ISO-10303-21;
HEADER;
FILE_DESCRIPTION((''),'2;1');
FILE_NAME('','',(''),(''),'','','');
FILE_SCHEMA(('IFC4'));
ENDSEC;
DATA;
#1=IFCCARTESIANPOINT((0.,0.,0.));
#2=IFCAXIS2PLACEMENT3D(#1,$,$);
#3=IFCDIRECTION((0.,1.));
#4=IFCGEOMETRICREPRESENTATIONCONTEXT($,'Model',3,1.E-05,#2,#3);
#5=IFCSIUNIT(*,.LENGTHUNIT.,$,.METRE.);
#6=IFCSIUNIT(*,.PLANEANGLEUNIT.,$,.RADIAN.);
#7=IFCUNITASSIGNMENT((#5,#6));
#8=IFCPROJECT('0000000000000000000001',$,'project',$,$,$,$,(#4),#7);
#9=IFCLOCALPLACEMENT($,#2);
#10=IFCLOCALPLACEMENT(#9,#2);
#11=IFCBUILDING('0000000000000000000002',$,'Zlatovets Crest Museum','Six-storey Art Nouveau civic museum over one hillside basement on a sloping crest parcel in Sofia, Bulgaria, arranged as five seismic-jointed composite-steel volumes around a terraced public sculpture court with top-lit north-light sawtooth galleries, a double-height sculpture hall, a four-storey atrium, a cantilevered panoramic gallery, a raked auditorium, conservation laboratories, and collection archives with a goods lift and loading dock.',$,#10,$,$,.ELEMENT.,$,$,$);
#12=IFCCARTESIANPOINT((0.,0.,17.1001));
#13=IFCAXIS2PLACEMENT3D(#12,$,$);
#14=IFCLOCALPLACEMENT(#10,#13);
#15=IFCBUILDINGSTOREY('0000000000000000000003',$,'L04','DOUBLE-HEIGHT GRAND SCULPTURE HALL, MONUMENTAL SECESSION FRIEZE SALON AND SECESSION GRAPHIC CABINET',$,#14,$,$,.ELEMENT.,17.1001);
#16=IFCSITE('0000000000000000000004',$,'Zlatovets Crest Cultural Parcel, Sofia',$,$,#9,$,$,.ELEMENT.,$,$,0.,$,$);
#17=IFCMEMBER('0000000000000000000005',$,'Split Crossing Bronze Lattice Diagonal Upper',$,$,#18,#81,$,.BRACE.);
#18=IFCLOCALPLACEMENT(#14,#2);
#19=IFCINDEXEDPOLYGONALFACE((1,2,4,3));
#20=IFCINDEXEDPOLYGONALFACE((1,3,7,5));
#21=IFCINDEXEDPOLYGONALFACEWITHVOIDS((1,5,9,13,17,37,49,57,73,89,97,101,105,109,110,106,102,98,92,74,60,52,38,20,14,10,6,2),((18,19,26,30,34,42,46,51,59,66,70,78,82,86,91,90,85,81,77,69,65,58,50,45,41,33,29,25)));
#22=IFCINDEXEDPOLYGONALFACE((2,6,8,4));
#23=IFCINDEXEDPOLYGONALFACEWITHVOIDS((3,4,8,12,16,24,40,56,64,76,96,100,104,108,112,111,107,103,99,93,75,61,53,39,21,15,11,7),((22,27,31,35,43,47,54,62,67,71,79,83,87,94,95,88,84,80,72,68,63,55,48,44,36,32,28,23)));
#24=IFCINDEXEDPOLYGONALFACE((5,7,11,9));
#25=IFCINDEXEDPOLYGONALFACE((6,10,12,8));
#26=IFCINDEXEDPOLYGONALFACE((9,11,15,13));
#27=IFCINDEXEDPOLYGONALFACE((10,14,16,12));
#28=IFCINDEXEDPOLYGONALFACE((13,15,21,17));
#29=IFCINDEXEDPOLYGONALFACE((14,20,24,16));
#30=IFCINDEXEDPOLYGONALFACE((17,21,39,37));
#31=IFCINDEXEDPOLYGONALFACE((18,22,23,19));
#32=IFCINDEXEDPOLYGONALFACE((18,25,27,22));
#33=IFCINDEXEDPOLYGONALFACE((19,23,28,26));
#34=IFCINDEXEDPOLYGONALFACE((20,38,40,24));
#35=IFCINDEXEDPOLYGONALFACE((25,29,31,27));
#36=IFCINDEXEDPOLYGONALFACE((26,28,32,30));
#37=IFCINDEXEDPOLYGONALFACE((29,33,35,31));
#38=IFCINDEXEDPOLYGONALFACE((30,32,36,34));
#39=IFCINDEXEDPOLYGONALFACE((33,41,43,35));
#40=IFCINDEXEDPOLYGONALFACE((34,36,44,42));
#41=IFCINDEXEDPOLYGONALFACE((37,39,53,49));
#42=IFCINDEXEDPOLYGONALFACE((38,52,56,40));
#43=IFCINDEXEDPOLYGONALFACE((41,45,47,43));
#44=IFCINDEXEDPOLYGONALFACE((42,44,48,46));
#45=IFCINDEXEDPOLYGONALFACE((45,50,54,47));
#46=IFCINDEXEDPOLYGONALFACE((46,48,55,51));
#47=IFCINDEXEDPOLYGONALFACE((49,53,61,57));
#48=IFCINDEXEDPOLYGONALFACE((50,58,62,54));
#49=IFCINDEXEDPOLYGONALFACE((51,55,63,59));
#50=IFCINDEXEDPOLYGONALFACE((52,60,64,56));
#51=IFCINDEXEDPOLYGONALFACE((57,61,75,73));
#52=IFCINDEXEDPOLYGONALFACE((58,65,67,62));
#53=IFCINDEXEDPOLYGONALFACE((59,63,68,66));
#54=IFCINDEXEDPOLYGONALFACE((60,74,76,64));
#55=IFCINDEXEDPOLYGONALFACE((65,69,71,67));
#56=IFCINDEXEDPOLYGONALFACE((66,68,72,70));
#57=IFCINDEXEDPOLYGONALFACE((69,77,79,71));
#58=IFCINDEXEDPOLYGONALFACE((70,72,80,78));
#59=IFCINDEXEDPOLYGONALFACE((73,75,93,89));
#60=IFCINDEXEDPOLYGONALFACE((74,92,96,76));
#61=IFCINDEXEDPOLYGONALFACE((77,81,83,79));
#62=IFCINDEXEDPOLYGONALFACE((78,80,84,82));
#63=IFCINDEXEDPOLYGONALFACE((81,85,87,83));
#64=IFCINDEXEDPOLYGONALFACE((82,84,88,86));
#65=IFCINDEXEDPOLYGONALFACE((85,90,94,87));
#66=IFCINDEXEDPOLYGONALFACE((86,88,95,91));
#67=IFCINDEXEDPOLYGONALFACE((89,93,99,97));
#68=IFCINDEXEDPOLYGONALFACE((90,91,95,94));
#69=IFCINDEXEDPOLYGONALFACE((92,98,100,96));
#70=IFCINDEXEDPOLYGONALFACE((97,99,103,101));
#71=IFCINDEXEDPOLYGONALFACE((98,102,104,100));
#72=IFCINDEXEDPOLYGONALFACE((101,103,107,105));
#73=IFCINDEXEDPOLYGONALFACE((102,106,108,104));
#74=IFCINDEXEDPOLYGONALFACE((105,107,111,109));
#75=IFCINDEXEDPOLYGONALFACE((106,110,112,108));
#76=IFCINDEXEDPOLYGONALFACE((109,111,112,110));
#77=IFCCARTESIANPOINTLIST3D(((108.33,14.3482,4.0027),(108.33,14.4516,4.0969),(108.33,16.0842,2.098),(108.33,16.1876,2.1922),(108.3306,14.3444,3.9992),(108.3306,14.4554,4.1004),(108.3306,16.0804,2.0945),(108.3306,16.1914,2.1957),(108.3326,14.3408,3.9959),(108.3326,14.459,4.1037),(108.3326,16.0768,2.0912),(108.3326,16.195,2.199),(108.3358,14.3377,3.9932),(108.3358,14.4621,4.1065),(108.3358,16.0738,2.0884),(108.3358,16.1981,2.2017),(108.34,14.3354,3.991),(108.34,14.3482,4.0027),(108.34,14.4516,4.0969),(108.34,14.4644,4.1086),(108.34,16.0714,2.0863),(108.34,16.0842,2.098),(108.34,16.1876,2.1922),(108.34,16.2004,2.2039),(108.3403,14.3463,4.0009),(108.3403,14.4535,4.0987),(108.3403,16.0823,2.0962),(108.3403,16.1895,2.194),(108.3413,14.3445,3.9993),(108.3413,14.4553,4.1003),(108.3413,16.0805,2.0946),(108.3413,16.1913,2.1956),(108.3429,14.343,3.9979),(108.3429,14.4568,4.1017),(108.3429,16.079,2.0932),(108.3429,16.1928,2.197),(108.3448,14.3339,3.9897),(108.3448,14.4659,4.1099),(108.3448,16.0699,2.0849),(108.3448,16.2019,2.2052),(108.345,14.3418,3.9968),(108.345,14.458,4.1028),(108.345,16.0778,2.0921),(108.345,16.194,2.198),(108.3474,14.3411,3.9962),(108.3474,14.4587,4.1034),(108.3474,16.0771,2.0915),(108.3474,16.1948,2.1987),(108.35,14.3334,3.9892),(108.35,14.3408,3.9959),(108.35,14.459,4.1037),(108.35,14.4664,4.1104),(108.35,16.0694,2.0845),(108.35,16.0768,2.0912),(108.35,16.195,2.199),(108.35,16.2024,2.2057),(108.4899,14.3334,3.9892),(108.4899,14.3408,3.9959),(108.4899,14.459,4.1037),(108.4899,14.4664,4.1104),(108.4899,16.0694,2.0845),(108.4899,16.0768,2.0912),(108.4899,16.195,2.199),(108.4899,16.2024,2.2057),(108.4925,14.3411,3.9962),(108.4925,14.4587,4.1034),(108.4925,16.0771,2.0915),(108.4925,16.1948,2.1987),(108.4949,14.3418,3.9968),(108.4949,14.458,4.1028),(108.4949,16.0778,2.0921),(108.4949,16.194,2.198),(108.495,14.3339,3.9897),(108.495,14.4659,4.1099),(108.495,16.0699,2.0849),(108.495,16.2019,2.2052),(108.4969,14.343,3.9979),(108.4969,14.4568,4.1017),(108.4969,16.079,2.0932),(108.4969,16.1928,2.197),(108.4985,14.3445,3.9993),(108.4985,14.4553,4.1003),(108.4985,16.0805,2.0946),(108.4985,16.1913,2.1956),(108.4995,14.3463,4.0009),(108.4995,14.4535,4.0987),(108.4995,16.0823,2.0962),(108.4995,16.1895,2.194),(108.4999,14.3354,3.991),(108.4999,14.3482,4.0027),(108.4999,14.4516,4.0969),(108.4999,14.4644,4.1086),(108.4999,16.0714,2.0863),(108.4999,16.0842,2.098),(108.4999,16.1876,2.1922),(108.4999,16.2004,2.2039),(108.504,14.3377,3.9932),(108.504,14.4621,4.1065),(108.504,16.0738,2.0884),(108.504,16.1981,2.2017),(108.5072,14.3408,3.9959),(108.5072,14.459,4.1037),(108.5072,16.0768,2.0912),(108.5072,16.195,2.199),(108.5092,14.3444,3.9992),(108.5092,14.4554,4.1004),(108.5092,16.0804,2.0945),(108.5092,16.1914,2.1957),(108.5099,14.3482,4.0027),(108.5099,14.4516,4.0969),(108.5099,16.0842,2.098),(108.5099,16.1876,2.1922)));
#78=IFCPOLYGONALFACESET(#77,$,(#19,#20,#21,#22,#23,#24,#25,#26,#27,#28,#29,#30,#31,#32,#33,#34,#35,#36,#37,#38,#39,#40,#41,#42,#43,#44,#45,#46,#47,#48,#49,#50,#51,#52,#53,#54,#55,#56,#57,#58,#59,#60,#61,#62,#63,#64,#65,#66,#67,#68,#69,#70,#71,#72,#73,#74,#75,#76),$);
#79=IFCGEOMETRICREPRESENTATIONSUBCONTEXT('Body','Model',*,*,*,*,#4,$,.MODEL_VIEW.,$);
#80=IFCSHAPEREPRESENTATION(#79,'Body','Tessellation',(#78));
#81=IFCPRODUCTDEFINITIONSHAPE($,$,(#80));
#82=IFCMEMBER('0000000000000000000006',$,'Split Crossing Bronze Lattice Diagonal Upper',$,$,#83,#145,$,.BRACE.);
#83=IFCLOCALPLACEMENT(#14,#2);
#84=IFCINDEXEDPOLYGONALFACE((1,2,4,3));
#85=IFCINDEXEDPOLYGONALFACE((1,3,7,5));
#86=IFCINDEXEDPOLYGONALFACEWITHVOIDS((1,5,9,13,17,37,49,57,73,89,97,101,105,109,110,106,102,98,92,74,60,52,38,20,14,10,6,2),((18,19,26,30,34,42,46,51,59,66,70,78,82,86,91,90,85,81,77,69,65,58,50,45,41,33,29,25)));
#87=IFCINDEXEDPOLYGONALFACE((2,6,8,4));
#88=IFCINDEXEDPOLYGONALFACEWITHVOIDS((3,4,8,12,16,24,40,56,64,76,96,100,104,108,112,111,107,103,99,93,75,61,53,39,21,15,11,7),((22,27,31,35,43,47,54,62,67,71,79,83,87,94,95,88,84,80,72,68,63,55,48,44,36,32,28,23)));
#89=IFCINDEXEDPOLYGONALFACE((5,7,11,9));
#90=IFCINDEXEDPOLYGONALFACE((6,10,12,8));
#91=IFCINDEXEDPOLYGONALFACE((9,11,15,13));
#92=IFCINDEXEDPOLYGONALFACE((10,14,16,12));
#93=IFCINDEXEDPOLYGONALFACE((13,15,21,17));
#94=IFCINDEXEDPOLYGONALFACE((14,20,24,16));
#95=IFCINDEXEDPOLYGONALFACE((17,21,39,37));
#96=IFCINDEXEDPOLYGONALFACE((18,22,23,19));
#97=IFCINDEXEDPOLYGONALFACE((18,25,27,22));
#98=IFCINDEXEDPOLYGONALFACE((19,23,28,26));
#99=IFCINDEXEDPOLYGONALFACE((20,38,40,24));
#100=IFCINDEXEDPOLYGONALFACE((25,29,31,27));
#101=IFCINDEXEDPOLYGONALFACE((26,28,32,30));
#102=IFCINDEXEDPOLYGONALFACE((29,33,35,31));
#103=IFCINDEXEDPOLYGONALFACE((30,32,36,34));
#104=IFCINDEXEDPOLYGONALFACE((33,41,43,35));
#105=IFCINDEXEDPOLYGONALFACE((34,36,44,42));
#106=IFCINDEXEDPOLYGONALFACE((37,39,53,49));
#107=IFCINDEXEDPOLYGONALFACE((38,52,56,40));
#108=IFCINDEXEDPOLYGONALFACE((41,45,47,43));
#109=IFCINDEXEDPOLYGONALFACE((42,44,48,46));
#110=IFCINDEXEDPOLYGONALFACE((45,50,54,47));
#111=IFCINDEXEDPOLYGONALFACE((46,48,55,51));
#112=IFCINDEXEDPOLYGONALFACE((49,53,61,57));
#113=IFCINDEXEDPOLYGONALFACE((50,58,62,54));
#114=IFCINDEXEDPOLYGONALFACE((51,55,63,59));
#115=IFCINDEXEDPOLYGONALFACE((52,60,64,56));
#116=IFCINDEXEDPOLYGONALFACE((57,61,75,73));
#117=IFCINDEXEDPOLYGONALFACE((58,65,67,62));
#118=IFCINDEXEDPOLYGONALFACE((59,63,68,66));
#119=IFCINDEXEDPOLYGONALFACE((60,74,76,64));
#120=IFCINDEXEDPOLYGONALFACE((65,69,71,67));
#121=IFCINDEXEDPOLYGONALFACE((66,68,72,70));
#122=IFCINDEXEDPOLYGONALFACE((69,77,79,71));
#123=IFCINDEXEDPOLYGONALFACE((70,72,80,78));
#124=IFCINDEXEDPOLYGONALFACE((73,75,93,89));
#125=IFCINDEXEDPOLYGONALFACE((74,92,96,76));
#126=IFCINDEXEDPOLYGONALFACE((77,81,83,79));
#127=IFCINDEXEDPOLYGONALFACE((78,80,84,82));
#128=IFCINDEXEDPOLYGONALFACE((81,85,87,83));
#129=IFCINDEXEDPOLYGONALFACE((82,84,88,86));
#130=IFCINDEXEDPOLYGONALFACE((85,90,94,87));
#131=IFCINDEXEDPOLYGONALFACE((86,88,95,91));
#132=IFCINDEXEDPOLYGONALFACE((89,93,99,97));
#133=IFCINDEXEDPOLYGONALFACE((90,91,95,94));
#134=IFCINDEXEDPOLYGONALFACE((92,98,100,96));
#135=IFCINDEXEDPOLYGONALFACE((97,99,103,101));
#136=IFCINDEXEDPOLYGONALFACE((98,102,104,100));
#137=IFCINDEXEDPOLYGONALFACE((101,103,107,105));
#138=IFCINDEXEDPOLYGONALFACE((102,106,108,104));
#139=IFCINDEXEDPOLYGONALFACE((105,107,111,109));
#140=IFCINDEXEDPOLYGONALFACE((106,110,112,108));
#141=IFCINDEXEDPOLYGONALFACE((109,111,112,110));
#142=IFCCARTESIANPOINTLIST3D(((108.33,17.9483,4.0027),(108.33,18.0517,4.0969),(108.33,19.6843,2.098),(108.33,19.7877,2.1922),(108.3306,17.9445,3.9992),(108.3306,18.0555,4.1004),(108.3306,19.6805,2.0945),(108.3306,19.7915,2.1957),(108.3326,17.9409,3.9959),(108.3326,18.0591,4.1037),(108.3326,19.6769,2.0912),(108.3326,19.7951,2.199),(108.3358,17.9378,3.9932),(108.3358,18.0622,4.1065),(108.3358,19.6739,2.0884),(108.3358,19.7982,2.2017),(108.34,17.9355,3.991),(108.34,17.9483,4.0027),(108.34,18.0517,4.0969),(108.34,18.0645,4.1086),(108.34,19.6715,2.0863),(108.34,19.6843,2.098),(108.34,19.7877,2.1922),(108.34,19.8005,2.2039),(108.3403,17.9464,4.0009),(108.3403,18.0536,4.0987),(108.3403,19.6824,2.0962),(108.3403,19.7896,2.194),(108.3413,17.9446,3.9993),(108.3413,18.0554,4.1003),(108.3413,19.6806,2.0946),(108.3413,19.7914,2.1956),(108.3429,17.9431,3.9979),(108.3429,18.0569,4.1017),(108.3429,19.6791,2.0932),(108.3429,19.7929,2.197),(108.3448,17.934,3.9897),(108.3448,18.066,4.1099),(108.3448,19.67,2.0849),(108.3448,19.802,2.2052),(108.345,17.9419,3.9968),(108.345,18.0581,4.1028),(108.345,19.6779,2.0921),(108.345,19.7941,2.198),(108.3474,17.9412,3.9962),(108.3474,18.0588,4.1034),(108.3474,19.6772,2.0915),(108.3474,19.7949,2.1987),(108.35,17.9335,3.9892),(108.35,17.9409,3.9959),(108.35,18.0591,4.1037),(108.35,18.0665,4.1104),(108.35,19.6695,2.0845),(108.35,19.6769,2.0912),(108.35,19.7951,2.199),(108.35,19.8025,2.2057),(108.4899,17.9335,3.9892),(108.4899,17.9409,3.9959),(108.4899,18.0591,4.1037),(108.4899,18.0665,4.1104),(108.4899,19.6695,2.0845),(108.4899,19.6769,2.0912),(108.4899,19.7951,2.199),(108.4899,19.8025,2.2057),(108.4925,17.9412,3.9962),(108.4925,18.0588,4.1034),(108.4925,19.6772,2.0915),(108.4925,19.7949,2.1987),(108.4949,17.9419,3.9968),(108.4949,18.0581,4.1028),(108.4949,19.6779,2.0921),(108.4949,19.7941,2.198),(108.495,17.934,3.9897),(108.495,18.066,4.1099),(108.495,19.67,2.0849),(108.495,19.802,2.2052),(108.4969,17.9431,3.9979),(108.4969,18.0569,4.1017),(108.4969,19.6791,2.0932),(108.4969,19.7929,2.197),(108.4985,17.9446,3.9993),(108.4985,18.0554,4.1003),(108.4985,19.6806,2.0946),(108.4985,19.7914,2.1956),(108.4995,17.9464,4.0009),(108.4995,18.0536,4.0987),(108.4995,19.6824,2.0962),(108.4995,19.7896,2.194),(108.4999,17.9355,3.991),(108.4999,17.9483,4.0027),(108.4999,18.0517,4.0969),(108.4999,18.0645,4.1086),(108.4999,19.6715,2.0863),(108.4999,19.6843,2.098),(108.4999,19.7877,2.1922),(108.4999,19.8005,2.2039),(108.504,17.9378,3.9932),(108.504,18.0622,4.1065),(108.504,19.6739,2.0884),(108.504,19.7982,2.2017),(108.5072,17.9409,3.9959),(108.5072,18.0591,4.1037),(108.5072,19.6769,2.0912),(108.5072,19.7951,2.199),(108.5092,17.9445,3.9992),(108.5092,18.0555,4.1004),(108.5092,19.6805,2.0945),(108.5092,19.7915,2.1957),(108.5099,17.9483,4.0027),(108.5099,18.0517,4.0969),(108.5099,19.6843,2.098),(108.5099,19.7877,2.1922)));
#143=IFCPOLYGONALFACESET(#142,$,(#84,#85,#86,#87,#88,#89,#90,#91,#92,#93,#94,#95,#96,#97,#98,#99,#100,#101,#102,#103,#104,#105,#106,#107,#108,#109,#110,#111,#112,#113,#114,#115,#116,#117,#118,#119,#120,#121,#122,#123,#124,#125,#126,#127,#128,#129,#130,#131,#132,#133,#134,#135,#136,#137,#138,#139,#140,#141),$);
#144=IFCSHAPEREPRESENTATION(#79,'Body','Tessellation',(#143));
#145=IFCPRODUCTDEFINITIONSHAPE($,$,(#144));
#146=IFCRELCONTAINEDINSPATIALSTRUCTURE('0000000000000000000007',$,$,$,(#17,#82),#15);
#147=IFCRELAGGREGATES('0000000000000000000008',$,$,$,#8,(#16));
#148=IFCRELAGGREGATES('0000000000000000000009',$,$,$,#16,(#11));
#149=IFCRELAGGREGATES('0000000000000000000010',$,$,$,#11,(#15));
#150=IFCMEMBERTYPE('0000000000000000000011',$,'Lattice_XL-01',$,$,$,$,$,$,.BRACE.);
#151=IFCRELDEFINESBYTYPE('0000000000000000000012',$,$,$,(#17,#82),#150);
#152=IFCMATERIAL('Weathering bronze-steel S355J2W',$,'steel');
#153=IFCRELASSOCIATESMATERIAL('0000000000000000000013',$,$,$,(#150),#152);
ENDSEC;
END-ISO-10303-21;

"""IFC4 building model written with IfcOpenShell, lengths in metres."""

from ifc_helpers import new_model, si_unit, direction, frame, origin, origin_2d, place, context, subcontext, project, spatial, hollow_rectangle, extrude, material, material_profile, profile_set, type_object, element, save


model = new_model("IFC4")

# Units and contexts
model_context = context("Model", 3, precision=1e-05, world=origin(), true_north=direction((0.0, 1.0)))
body_context = subcontext(model_context, "Body", "Model", "MODEL_VIEW")
ifc_project = project(units=[si_unit("LENGTHUNIT", "METRE"), si_unit("PLANEANGLEUNIT", "RADIAN")], contexts=[model_context])

# Site, building, storey
site_placement = place(None, origin())
site = spatial("IfcSite", under=ifc_project, at=site_placement, Name="Zlatovets Crest Cultural Parcel, Sofia", CompositionType="ELEMENT", RefElevation=0.0)
building_placement = place(site_placement, origin())
building = spatial("IfcBuilding", under=site, at=building_placement, Name="Zlatovets Crest Museum", Description="Six-storey Art Nouveau civic museum over one hillside basement on a sloping crest parcel in Sofia, Bulgaria, arranged as five seismic-jointed composite-steel volumes around a terraced public sculpture court with top-lit north-light sawtooth galleries, a double-height sculpture hall, a four-storey atrium, a cantilevered panoramic gallery, a raked auditorium, conservation laboratories, and collection archives with a goods lift and loading dock.", CompositionType="ELEMENT")
storey_placement = place(building_placement, frame((0.0, 0.0, 17.1001)))
storey = spatial("IfcBuildingStorey", under=building, at=storey_placement, Name="L04", Description="DOUBLE-HEIGHT GRAND SCULPTURE HALL, MONUMENTAL SECESSION FRIEZE SALON AND SECESSION GRAPHIC CABINET", CompositionType="ELEMENT", Elevation=17.1001)

# Members
ifc_material_1 = material(Name="Weathering bronze-steel S355J2W", Category="steel")
ifc_material_profile_1 = material_profile(ifc_material_1, hollow_rectangle(XDim=0.1799, YDim=0.1799, WallThickness=0.01, InnerFilletRadius=0.01, OuterFilletRadius=0.02, at=origin_2d()), Name="SHS 180x180x10.0")
ifc_profile_set_1 = profile_set([ifc_material_profile_1], Name="Weathering bronze-steel S355J2W")
member_type_1 = type_object("IfcMemberType", Name="Lattice_XL-01", PredefinedType="BRACE", material=ifc_profile_set_1)
for number, where, z_axis, x_axis, name in (
    (1, (108.4199, 14.3999, 4.0498), (0.0, 0.67362, -0.739078), (-1.0, 0.0, 0.0), "Split Crossing Bronze Lattice Diagonal Upper"),
    (2, (108.4199, 18.0, 4.0498), (0.0, 0.67362, -0.739078), (-1.0, 0.0, 0.0), "Split Crossing Bronze Lattice Diagonal Upper"),
):
    element("IfcMember", number, at=place(storey_placement, frame(where, z_axis=z_axis, x_axis=x_axis)), inside=storey, type_object=member_type_1, Name=name, PredefinedType="BRACE", context=body_context, shape_type="SweptSolid", body=[
        extrude(hollow_rectangle(XDim=0.1799, YDim=0.1799, WallThickness=0.01, InnerFilletRadius=0.01, OuterFilletRadius=0.02, at=origin_2d()), origin(), (0.0, 0.0, 1.0), 2.5771),
    ])

save(model, "model.ifc")
